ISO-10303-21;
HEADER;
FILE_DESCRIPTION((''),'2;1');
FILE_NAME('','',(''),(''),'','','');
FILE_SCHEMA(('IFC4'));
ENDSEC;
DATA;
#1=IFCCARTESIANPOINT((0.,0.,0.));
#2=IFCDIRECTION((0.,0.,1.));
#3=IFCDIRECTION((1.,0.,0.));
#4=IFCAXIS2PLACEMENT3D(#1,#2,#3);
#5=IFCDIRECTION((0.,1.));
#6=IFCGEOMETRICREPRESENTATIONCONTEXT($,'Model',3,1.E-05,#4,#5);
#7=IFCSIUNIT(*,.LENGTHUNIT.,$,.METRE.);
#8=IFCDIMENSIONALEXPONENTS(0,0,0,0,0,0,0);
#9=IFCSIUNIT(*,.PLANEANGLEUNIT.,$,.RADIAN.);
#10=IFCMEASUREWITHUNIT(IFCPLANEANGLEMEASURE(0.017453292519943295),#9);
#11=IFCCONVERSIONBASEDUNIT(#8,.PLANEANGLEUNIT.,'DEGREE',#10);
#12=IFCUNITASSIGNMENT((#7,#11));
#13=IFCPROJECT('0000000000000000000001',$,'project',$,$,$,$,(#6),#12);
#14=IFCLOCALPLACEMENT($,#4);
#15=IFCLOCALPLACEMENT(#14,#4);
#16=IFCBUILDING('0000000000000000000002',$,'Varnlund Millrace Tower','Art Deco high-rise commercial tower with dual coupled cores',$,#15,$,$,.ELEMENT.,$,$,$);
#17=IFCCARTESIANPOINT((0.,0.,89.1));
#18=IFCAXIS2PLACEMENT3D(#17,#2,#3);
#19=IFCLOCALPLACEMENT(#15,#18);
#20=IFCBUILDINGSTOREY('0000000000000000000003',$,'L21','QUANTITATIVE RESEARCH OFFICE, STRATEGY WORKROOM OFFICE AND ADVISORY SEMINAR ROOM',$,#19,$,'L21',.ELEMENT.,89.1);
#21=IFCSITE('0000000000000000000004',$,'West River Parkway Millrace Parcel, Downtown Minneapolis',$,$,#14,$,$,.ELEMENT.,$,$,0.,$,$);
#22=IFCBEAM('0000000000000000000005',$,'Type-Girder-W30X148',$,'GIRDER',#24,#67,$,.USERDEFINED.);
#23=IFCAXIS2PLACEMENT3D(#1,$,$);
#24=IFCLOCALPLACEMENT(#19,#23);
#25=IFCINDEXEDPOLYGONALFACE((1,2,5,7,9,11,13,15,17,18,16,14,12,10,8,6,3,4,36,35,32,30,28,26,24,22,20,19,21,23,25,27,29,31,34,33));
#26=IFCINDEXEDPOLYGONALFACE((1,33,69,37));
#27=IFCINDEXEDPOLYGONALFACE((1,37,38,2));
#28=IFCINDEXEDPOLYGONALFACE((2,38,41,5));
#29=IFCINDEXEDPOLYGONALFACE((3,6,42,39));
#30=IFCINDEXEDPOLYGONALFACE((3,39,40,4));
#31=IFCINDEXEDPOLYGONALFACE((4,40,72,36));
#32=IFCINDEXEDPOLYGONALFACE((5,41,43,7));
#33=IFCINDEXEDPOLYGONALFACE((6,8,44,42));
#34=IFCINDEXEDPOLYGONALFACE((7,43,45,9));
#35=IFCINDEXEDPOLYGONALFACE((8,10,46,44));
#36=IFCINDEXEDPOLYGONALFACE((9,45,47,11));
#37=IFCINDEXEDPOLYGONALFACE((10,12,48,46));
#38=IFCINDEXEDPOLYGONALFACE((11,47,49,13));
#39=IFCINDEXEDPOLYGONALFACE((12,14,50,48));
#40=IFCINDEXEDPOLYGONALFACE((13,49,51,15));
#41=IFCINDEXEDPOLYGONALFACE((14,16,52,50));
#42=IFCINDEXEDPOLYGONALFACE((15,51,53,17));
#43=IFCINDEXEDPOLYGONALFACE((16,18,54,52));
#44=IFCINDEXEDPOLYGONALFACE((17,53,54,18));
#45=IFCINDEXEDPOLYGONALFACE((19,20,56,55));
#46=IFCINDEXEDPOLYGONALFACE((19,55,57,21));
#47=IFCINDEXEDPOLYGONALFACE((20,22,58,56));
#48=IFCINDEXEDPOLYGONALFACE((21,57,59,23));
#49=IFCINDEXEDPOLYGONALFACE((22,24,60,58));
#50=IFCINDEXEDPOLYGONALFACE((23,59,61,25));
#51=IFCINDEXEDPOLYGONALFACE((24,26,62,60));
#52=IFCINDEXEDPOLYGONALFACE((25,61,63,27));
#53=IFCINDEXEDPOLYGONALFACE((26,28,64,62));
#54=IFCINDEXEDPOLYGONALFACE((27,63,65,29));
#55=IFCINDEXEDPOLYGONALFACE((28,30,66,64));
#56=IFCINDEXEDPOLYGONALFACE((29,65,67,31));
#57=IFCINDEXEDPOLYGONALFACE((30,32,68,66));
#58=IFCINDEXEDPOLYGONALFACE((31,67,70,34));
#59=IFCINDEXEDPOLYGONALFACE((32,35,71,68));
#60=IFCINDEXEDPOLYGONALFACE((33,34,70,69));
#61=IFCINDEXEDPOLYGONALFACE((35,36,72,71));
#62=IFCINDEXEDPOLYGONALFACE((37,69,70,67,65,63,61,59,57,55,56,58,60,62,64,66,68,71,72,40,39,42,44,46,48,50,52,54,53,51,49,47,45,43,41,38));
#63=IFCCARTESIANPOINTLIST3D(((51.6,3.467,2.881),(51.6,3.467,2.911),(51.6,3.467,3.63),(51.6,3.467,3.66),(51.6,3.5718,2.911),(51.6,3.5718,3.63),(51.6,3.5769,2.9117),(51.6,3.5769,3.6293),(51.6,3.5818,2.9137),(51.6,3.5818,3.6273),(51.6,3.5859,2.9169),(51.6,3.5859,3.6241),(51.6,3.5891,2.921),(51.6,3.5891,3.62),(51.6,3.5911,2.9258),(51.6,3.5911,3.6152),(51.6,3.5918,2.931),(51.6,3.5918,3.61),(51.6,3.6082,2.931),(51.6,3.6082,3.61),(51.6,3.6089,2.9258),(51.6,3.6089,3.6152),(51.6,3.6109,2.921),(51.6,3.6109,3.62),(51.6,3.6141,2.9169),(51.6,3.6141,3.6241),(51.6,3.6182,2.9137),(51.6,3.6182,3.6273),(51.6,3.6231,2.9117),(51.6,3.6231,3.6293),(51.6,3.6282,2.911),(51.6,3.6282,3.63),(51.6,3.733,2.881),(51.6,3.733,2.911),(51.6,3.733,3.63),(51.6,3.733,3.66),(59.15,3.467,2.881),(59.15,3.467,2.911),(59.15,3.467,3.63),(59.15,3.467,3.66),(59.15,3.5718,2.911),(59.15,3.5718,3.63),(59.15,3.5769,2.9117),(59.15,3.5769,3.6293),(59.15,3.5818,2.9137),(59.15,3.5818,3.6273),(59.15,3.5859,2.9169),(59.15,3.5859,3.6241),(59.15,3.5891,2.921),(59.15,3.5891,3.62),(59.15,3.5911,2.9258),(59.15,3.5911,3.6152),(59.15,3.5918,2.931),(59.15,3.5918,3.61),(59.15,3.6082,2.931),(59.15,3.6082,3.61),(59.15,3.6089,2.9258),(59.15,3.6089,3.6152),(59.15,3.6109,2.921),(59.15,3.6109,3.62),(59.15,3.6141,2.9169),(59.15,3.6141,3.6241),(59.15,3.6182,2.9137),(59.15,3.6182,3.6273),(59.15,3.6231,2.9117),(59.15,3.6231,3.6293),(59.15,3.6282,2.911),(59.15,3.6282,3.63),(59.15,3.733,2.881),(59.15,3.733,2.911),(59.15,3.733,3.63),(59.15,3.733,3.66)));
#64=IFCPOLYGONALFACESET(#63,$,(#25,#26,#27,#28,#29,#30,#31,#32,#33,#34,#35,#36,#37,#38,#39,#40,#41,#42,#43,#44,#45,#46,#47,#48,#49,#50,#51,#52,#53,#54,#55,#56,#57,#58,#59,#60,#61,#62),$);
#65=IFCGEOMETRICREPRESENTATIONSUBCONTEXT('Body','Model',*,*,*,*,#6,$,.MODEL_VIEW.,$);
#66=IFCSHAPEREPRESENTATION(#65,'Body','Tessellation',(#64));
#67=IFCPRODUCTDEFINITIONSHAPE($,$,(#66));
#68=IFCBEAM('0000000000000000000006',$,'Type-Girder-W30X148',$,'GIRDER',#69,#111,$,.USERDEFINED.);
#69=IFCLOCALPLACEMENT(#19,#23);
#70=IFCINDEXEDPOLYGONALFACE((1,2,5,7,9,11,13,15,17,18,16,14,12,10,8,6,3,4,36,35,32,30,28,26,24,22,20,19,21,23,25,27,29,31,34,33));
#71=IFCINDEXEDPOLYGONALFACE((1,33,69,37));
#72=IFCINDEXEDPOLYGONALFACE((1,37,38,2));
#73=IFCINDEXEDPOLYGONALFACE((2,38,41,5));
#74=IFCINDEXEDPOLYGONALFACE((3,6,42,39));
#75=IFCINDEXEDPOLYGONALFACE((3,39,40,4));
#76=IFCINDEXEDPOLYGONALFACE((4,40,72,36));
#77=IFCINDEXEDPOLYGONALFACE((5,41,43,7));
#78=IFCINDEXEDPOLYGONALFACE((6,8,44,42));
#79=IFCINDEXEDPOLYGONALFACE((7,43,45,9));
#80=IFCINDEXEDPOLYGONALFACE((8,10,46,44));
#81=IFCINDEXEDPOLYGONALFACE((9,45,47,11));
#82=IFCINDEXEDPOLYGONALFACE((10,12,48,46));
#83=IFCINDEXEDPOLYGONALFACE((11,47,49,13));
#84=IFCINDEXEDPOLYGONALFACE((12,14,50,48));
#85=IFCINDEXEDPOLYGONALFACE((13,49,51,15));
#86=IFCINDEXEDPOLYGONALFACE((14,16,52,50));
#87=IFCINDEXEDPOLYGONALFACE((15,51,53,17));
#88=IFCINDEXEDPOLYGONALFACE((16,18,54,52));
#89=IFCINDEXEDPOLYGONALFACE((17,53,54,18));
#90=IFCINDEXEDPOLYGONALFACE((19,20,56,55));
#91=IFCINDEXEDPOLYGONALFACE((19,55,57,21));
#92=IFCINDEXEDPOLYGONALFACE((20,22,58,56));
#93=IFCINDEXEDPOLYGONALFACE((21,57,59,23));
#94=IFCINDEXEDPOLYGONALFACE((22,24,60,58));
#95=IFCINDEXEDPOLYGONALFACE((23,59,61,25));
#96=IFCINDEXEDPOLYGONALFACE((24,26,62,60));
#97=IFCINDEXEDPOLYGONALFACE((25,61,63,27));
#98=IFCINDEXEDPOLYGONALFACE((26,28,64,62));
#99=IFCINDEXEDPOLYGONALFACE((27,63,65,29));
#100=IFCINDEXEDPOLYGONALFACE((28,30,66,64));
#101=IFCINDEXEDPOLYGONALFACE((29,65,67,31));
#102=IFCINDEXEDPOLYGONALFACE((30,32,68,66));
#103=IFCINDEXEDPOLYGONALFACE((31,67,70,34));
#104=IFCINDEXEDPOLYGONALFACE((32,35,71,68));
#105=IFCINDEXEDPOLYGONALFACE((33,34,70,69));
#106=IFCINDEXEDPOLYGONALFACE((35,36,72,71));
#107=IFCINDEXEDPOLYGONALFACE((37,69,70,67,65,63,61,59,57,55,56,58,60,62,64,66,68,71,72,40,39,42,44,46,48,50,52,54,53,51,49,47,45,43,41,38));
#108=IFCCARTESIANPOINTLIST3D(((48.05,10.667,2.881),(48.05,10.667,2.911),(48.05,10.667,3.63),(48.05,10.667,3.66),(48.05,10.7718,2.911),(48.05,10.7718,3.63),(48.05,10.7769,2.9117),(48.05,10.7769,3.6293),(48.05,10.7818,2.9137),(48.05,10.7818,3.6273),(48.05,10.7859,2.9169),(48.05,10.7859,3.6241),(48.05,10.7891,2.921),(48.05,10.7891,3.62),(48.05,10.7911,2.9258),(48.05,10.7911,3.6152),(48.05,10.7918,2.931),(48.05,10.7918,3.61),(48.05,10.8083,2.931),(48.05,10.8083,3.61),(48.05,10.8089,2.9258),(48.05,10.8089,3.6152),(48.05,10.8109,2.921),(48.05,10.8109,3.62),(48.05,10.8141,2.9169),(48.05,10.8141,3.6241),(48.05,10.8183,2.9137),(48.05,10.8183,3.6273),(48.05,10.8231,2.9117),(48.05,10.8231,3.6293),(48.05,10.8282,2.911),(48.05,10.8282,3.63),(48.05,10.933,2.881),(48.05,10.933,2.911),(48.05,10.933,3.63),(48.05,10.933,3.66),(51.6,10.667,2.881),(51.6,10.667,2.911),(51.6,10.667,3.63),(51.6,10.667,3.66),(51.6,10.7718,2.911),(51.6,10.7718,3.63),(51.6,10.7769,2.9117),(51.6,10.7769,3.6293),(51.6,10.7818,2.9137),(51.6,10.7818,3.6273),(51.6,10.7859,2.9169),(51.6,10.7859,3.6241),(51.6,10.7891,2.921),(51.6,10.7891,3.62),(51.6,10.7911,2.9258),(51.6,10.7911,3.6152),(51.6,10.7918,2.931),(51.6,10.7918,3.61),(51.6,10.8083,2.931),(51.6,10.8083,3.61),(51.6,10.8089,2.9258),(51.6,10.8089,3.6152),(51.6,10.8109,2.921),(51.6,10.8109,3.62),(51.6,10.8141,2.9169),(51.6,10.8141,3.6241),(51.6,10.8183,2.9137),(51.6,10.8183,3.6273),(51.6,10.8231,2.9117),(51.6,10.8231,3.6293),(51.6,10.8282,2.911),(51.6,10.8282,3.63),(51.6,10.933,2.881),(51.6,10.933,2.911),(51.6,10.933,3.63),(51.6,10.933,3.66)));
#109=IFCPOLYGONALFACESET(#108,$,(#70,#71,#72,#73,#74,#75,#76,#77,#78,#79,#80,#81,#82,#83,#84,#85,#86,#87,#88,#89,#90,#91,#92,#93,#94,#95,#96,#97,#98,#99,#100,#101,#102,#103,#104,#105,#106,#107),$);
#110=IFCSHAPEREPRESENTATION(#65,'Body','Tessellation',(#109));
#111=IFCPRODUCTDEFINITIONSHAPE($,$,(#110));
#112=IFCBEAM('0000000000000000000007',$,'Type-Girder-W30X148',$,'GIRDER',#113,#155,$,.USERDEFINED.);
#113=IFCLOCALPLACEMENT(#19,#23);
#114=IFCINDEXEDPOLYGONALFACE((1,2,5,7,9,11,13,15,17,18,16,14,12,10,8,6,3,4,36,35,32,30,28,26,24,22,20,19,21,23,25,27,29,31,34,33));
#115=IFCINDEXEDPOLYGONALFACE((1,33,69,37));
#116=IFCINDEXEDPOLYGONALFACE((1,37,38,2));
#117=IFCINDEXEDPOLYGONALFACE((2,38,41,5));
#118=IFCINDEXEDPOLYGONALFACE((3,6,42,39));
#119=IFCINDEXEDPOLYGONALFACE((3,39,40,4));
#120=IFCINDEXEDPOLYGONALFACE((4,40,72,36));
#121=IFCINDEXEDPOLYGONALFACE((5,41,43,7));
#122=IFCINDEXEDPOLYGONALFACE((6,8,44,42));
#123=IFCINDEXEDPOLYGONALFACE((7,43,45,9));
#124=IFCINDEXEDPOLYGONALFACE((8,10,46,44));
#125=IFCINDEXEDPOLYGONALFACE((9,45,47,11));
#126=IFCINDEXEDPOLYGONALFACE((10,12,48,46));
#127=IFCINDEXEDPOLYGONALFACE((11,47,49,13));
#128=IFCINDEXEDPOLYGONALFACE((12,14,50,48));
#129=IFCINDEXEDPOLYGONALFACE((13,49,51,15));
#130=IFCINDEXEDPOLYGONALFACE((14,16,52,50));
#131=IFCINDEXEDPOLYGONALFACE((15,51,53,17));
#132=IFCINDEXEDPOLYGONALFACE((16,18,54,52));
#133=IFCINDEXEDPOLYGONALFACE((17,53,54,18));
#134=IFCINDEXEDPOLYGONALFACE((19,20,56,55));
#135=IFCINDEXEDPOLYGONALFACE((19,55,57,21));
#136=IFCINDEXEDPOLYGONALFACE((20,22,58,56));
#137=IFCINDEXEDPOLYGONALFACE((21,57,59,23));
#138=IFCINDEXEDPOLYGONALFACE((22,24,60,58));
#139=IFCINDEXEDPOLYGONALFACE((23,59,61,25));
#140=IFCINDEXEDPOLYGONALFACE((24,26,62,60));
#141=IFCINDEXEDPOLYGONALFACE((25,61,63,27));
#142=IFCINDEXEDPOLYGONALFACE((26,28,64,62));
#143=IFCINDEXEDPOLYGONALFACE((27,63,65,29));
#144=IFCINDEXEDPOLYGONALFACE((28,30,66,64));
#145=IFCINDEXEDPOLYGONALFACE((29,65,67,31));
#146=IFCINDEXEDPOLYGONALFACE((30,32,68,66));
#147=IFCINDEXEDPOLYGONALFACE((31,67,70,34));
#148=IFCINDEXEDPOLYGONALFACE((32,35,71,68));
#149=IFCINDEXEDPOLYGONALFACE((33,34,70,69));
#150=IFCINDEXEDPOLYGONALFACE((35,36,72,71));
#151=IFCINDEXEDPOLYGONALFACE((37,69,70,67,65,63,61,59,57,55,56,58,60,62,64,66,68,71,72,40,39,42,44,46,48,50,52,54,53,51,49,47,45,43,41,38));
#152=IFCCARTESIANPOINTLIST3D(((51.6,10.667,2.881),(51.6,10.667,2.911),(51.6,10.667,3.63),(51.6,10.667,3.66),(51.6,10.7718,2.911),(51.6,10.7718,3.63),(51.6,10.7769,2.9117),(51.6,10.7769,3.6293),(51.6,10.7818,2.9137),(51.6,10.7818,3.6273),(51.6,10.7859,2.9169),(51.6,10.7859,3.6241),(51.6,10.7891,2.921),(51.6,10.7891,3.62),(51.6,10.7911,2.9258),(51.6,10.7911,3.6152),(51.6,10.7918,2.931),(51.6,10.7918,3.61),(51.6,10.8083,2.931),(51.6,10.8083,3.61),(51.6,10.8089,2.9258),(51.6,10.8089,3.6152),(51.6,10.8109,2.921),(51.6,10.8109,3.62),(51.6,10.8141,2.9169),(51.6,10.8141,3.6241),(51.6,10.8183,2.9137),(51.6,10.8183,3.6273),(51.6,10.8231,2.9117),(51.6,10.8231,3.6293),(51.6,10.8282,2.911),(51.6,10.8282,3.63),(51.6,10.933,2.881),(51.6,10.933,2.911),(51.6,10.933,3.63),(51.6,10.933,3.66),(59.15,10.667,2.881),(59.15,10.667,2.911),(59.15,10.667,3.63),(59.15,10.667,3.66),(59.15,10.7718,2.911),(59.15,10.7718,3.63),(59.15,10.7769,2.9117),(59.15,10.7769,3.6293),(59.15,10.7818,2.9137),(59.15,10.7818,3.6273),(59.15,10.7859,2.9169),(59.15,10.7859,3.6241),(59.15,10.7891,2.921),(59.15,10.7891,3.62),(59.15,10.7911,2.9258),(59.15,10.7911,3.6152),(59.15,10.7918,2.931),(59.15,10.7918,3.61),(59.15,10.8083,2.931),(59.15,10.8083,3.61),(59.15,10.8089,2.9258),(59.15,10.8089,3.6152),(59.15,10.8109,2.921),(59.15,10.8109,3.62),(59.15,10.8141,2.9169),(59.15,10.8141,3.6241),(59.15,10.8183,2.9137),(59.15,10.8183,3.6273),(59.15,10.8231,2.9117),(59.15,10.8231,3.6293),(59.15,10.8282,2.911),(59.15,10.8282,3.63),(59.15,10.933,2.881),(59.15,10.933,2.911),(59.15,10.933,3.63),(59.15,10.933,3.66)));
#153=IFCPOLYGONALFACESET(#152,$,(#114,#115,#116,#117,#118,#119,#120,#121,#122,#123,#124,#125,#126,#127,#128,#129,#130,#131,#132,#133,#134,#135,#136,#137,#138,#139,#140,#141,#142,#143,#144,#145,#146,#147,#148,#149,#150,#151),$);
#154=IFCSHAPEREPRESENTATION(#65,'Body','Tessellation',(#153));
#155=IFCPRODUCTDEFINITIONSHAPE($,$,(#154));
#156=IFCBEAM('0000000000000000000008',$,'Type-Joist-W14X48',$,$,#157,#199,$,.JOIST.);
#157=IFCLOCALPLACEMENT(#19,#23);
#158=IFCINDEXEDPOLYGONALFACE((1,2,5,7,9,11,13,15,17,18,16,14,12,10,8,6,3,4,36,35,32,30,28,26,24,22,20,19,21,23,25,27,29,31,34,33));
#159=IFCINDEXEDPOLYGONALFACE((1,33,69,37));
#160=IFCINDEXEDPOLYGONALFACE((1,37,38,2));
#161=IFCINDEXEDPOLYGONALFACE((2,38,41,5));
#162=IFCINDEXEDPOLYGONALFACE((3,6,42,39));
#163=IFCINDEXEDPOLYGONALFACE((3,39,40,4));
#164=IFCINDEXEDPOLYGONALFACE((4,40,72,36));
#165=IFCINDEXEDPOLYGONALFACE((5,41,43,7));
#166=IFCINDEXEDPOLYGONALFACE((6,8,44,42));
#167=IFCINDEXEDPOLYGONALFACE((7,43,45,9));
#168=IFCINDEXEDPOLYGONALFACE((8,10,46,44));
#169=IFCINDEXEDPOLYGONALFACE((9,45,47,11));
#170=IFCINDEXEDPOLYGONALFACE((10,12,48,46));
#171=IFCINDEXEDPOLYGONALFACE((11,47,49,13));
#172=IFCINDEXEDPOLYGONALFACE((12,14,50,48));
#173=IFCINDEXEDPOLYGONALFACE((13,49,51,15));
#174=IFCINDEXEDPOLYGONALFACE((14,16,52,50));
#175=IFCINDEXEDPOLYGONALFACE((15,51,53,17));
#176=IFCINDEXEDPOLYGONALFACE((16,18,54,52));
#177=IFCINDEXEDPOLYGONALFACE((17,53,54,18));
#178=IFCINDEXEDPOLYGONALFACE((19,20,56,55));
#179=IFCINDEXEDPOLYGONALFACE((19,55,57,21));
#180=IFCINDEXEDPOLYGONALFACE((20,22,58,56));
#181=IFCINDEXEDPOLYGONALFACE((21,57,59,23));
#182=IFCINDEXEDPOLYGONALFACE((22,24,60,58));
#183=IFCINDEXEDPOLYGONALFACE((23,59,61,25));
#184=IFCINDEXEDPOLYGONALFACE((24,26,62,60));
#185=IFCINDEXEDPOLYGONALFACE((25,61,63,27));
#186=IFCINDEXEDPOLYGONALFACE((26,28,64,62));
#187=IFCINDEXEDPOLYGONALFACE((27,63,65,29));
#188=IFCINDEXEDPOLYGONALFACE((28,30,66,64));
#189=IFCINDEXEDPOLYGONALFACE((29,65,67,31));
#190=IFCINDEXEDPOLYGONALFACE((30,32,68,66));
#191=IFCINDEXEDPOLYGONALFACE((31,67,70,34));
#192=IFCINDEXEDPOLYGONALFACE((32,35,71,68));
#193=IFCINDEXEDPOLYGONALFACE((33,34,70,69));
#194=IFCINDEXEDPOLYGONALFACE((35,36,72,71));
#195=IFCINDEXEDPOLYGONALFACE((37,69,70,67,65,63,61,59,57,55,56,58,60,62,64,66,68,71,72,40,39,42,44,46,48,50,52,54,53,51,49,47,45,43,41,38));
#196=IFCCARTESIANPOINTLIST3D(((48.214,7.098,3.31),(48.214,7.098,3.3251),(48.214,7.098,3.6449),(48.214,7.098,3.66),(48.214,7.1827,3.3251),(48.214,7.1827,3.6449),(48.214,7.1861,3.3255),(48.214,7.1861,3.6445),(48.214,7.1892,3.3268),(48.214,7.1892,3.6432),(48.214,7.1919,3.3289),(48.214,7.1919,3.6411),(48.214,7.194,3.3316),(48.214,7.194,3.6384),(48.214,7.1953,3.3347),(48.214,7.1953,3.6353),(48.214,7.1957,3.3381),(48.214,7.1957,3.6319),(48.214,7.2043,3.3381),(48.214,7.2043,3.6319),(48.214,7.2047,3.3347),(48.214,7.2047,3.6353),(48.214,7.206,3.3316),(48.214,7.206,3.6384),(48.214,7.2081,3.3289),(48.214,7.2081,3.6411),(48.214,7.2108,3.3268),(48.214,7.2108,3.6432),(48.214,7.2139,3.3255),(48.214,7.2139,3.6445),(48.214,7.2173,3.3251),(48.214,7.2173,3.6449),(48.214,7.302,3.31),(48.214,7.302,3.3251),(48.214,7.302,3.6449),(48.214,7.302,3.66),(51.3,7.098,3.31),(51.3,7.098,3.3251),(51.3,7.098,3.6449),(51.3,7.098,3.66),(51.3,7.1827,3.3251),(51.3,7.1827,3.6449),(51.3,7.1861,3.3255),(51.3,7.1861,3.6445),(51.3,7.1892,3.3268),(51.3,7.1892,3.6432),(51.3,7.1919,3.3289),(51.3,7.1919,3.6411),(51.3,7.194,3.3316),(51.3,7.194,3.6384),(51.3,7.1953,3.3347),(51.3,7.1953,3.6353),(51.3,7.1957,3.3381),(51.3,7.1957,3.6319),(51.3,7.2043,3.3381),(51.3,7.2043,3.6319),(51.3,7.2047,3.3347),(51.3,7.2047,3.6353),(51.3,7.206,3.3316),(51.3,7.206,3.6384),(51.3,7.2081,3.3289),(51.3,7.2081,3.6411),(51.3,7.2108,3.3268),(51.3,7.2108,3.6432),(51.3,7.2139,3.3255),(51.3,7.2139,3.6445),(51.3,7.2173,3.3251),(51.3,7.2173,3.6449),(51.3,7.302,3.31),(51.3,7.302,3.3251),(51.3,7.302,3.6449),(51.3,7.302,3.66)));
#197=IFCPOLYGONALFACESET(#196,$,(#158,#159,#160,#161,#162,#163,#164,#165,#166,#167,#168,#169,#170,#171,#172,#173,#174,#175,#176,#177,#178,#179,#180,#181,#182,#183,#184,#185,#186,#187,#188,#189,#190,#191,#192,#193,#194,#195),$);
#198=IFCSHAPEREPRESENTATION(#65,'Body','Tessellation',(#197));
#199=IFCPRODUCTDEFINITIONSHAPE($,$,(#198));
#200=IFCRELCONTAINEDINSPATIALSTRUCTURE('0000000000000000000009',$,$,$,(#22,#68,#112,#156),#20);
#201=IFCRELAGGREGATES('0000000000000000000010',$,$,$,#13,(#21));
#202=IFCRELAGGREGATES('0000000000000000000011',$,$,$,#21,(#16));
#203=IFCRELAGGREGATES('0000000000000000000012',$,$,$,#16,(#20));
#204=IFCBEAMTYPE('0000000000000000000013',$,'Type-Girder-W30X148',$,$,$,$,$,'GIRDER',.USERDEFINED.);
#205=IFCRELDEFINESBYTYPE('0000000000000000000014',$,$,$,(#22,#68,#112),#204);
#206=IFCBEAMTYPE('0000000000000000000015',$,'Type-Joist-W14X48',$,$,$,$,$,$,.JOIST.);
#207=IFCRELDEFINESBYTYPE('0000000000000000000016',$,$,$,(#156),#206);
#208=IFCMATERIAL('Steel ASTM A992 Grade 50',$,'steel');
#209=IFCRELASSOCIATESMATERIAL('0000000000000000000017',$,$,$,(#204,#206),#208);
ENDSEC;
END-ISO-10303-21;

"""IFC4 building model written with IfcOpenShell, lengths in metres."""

from ifc_helpers import new_model, entity, si_unit, converted_unit, direction, frame, origin_with_axes, origin_2d_with_axis, place, context, subcontext, project, spatial, i_section, extrude, material, material_profile, profile_set, type_object, element, save


model = new_model("IFC4")

# Units and contexts
model_context = context("Model", 3, precision=1e-05, world=origin_with_axes(), true_north=direction((0.0, 1.0)))
body_context = subcontext(model_context, "Body", "Model", "MODEL_VIEW")
ifc_project = project(units=[si_unit("LENGTHUNIT", "METRE"), converted_unit("PLANEANGLEUNIT", "DEGREE", entity("IfcPlaneAngleMeasure", 0.017453292519943295), si_unit("PLANEANGLEUNIT", "RADIAN"), dimensions=[0, 0, 0, 0, 0, 0, 0])], contexts=[model_context])

# Site, building, storey
site_placement = place(None, origin_with_axes())
site = spatial("IfcSite", under=ifc_project, at=site_placement, Name="West River Parkway Millrace Parcel, Downtown Minneapolis", CompositionType="ELEMENT", RefElevation=0.0)
building_placement = place(site_placement, origin_with_axes())
building = spatial("IfcBuilding", under=site, at=building_placement, Name="Varnlund Millrace Tower", Description="Art Deco high-rise commercial tower with dual coupled cores", CompositionType="ELEMENT")
storey_placement = place(building_placement, frame((0.0, 0.0, 89.1), z_axis=(0.0, 0.0, 1.0), x_axis=(1.0, 0.0, 0.0)))
storey = spatial("IfcBuildingStorey", under=building, at=storey_placement, Name="L21", Description="QUANTITATIVE RESEARCH OFFICE, STRATEGY WORKROOM OFFICE AND ADVISORY SEMINAR ROOM", LongName="L21", CompositionType="ELEMENT", Elevation=89.1)

# Beams
ifc_material_1 = material(Name="Steel ASTM A992 Grade 50", Category="steel")
ifc_material_profile_1 = material_profile(ifc_material_1, i_section(OverallWidth=0.266, OverallDepth=0.779, WebThickness=0.0165, FlangeThickness=0.03, FilletRadius=0.02, at=origin_2d_with_axis()), Name="Steel ASTM A992 Grade 50")
ifc_profile_set_1 = profile_set([ifc_material_profile_1], Name="Steel ASTM A992 Grade 50")
beam_type_1 = type_object("IfcBeamType", Name="Type-Girder-W30X148", ElementType="GIRDER", PredefinedType="USERDEFINED", material=ifc_profile_set_1)
beam_1_placement = place(storey_placement, frame((51.6, 3.6, 3.2705), z_axis=(1.0, 0.0, 0.0), x_axis=(0.0, 1.0, 0.0)))
element("IfcBeam", 1, at=beam_1_placement, inside=storey, type_object=beam_type_1, Name="Type-Girder-W30X148", ObjectType="GIRDER", PredefinedType="USERDEFINED", context=body_context, shape_type="SweptSolid", body=[
    extrude(i_section(OverallWidth=0.266, OverallDepth=0.779, WebThickness=0.0165, FlangeThickness=0.03, FilletRadius=0.02, at=origin_2d_with_axis()), origin_with_axes(), (0.0, 0.0, 1.0), 7.55),
])
beam_2_placement = place(storey_placement, frame((48.05, 10.8, 3.2705), z_axis=(1.0, 0.0, 0.0), x_axis=(0.0, 1.0, 0.0)))
element("IfcBeam", 2, at=beam_2_placement, inside=storey, type_object=beam_type_1, Name="Type-Girder-W30X148", ObjectType="GIRDER", PredefinedType="USERDEFINED", context=body_context, shape_type="SweptSolid", body=[
    extrude(i_section(OverallWidth=0.266, OverallDepth=0.779, WebThickness=0.0165, FlangeThickness=0.03, FilletRadius=0.02, at=origin_2d_with_axis()), origin_with_axes(), (0.0, 0.0, 1.0), 3.55),
])
beam_3_placement = place(storey_placement, frame((51.6, 10.8, 3.2705), z_axis=(1.0, 0.0, 0.0), x_axis=(0.0, 1.0, 0.0)))
element("IfcBeam", 3, at=beam_3_placement, inside=storey, type_object=beam_type_1, Name="Type-Girder-W30X148", ObjectType="GIRDER", PredefinedType="USERDEFINED", context=body_context, shape_type="SweptSolid", body=[
    extrude(i_section(OverallWidth=0.266, OverallDepth=0.779, WebThickness=0.0165, FlangeThickness=0.03, FilletRadius=0.02, at=origin_2d_with_axis()), origin_with_axes(), (0.0, 0.0, 1.0), 7.55),
])
ifc_material_profile_2 = material_profile(ifc_material_1, i_section(OverallWidth=0.204, OverallDepth=0.35, WebThickness=0.0086, FlangeThickness=0.0151, FilletRadius=0.013, at=origin_2d_with_axis()), Name="Steel ASTM A992 Grade 50")
ifc_profile_set_2 = profile_set([ifc_material_profile_2], Name="Steel ASTM A992 Grade 50")
beam_type_2 = type_object("IfcBeamType", Name="Type-Joist-W14X48", PredefinedType="JOIST", material=ifc_profile_set_2)
beam_4_placement = place(storey_placement, frame((48.214, 7.2, 3.485), z_axis=(1.0, 0.0, 0.0), x_axis=(0.0, 1.0, 0.0)))
element("IfcBeam", 4, at=beam_4_placement, inside=storey, type_object=beam_type_2, Name="Type-Joist-W14X48", PredefinedType="JOIST", context=body_context, shape_type="SweptSolid", body=[
    extrude(i_section(OverallWidth=0.204, OverallDepth=0.35, WebThickness=0.0086, FlangeThickness=0.0151, FilletRadius=0.013, at=origin_2d_with_axis()), origin_with_axes(), (0.0, 0.0, 1.0), 3.086),
])

save(model, "model.ifc")
